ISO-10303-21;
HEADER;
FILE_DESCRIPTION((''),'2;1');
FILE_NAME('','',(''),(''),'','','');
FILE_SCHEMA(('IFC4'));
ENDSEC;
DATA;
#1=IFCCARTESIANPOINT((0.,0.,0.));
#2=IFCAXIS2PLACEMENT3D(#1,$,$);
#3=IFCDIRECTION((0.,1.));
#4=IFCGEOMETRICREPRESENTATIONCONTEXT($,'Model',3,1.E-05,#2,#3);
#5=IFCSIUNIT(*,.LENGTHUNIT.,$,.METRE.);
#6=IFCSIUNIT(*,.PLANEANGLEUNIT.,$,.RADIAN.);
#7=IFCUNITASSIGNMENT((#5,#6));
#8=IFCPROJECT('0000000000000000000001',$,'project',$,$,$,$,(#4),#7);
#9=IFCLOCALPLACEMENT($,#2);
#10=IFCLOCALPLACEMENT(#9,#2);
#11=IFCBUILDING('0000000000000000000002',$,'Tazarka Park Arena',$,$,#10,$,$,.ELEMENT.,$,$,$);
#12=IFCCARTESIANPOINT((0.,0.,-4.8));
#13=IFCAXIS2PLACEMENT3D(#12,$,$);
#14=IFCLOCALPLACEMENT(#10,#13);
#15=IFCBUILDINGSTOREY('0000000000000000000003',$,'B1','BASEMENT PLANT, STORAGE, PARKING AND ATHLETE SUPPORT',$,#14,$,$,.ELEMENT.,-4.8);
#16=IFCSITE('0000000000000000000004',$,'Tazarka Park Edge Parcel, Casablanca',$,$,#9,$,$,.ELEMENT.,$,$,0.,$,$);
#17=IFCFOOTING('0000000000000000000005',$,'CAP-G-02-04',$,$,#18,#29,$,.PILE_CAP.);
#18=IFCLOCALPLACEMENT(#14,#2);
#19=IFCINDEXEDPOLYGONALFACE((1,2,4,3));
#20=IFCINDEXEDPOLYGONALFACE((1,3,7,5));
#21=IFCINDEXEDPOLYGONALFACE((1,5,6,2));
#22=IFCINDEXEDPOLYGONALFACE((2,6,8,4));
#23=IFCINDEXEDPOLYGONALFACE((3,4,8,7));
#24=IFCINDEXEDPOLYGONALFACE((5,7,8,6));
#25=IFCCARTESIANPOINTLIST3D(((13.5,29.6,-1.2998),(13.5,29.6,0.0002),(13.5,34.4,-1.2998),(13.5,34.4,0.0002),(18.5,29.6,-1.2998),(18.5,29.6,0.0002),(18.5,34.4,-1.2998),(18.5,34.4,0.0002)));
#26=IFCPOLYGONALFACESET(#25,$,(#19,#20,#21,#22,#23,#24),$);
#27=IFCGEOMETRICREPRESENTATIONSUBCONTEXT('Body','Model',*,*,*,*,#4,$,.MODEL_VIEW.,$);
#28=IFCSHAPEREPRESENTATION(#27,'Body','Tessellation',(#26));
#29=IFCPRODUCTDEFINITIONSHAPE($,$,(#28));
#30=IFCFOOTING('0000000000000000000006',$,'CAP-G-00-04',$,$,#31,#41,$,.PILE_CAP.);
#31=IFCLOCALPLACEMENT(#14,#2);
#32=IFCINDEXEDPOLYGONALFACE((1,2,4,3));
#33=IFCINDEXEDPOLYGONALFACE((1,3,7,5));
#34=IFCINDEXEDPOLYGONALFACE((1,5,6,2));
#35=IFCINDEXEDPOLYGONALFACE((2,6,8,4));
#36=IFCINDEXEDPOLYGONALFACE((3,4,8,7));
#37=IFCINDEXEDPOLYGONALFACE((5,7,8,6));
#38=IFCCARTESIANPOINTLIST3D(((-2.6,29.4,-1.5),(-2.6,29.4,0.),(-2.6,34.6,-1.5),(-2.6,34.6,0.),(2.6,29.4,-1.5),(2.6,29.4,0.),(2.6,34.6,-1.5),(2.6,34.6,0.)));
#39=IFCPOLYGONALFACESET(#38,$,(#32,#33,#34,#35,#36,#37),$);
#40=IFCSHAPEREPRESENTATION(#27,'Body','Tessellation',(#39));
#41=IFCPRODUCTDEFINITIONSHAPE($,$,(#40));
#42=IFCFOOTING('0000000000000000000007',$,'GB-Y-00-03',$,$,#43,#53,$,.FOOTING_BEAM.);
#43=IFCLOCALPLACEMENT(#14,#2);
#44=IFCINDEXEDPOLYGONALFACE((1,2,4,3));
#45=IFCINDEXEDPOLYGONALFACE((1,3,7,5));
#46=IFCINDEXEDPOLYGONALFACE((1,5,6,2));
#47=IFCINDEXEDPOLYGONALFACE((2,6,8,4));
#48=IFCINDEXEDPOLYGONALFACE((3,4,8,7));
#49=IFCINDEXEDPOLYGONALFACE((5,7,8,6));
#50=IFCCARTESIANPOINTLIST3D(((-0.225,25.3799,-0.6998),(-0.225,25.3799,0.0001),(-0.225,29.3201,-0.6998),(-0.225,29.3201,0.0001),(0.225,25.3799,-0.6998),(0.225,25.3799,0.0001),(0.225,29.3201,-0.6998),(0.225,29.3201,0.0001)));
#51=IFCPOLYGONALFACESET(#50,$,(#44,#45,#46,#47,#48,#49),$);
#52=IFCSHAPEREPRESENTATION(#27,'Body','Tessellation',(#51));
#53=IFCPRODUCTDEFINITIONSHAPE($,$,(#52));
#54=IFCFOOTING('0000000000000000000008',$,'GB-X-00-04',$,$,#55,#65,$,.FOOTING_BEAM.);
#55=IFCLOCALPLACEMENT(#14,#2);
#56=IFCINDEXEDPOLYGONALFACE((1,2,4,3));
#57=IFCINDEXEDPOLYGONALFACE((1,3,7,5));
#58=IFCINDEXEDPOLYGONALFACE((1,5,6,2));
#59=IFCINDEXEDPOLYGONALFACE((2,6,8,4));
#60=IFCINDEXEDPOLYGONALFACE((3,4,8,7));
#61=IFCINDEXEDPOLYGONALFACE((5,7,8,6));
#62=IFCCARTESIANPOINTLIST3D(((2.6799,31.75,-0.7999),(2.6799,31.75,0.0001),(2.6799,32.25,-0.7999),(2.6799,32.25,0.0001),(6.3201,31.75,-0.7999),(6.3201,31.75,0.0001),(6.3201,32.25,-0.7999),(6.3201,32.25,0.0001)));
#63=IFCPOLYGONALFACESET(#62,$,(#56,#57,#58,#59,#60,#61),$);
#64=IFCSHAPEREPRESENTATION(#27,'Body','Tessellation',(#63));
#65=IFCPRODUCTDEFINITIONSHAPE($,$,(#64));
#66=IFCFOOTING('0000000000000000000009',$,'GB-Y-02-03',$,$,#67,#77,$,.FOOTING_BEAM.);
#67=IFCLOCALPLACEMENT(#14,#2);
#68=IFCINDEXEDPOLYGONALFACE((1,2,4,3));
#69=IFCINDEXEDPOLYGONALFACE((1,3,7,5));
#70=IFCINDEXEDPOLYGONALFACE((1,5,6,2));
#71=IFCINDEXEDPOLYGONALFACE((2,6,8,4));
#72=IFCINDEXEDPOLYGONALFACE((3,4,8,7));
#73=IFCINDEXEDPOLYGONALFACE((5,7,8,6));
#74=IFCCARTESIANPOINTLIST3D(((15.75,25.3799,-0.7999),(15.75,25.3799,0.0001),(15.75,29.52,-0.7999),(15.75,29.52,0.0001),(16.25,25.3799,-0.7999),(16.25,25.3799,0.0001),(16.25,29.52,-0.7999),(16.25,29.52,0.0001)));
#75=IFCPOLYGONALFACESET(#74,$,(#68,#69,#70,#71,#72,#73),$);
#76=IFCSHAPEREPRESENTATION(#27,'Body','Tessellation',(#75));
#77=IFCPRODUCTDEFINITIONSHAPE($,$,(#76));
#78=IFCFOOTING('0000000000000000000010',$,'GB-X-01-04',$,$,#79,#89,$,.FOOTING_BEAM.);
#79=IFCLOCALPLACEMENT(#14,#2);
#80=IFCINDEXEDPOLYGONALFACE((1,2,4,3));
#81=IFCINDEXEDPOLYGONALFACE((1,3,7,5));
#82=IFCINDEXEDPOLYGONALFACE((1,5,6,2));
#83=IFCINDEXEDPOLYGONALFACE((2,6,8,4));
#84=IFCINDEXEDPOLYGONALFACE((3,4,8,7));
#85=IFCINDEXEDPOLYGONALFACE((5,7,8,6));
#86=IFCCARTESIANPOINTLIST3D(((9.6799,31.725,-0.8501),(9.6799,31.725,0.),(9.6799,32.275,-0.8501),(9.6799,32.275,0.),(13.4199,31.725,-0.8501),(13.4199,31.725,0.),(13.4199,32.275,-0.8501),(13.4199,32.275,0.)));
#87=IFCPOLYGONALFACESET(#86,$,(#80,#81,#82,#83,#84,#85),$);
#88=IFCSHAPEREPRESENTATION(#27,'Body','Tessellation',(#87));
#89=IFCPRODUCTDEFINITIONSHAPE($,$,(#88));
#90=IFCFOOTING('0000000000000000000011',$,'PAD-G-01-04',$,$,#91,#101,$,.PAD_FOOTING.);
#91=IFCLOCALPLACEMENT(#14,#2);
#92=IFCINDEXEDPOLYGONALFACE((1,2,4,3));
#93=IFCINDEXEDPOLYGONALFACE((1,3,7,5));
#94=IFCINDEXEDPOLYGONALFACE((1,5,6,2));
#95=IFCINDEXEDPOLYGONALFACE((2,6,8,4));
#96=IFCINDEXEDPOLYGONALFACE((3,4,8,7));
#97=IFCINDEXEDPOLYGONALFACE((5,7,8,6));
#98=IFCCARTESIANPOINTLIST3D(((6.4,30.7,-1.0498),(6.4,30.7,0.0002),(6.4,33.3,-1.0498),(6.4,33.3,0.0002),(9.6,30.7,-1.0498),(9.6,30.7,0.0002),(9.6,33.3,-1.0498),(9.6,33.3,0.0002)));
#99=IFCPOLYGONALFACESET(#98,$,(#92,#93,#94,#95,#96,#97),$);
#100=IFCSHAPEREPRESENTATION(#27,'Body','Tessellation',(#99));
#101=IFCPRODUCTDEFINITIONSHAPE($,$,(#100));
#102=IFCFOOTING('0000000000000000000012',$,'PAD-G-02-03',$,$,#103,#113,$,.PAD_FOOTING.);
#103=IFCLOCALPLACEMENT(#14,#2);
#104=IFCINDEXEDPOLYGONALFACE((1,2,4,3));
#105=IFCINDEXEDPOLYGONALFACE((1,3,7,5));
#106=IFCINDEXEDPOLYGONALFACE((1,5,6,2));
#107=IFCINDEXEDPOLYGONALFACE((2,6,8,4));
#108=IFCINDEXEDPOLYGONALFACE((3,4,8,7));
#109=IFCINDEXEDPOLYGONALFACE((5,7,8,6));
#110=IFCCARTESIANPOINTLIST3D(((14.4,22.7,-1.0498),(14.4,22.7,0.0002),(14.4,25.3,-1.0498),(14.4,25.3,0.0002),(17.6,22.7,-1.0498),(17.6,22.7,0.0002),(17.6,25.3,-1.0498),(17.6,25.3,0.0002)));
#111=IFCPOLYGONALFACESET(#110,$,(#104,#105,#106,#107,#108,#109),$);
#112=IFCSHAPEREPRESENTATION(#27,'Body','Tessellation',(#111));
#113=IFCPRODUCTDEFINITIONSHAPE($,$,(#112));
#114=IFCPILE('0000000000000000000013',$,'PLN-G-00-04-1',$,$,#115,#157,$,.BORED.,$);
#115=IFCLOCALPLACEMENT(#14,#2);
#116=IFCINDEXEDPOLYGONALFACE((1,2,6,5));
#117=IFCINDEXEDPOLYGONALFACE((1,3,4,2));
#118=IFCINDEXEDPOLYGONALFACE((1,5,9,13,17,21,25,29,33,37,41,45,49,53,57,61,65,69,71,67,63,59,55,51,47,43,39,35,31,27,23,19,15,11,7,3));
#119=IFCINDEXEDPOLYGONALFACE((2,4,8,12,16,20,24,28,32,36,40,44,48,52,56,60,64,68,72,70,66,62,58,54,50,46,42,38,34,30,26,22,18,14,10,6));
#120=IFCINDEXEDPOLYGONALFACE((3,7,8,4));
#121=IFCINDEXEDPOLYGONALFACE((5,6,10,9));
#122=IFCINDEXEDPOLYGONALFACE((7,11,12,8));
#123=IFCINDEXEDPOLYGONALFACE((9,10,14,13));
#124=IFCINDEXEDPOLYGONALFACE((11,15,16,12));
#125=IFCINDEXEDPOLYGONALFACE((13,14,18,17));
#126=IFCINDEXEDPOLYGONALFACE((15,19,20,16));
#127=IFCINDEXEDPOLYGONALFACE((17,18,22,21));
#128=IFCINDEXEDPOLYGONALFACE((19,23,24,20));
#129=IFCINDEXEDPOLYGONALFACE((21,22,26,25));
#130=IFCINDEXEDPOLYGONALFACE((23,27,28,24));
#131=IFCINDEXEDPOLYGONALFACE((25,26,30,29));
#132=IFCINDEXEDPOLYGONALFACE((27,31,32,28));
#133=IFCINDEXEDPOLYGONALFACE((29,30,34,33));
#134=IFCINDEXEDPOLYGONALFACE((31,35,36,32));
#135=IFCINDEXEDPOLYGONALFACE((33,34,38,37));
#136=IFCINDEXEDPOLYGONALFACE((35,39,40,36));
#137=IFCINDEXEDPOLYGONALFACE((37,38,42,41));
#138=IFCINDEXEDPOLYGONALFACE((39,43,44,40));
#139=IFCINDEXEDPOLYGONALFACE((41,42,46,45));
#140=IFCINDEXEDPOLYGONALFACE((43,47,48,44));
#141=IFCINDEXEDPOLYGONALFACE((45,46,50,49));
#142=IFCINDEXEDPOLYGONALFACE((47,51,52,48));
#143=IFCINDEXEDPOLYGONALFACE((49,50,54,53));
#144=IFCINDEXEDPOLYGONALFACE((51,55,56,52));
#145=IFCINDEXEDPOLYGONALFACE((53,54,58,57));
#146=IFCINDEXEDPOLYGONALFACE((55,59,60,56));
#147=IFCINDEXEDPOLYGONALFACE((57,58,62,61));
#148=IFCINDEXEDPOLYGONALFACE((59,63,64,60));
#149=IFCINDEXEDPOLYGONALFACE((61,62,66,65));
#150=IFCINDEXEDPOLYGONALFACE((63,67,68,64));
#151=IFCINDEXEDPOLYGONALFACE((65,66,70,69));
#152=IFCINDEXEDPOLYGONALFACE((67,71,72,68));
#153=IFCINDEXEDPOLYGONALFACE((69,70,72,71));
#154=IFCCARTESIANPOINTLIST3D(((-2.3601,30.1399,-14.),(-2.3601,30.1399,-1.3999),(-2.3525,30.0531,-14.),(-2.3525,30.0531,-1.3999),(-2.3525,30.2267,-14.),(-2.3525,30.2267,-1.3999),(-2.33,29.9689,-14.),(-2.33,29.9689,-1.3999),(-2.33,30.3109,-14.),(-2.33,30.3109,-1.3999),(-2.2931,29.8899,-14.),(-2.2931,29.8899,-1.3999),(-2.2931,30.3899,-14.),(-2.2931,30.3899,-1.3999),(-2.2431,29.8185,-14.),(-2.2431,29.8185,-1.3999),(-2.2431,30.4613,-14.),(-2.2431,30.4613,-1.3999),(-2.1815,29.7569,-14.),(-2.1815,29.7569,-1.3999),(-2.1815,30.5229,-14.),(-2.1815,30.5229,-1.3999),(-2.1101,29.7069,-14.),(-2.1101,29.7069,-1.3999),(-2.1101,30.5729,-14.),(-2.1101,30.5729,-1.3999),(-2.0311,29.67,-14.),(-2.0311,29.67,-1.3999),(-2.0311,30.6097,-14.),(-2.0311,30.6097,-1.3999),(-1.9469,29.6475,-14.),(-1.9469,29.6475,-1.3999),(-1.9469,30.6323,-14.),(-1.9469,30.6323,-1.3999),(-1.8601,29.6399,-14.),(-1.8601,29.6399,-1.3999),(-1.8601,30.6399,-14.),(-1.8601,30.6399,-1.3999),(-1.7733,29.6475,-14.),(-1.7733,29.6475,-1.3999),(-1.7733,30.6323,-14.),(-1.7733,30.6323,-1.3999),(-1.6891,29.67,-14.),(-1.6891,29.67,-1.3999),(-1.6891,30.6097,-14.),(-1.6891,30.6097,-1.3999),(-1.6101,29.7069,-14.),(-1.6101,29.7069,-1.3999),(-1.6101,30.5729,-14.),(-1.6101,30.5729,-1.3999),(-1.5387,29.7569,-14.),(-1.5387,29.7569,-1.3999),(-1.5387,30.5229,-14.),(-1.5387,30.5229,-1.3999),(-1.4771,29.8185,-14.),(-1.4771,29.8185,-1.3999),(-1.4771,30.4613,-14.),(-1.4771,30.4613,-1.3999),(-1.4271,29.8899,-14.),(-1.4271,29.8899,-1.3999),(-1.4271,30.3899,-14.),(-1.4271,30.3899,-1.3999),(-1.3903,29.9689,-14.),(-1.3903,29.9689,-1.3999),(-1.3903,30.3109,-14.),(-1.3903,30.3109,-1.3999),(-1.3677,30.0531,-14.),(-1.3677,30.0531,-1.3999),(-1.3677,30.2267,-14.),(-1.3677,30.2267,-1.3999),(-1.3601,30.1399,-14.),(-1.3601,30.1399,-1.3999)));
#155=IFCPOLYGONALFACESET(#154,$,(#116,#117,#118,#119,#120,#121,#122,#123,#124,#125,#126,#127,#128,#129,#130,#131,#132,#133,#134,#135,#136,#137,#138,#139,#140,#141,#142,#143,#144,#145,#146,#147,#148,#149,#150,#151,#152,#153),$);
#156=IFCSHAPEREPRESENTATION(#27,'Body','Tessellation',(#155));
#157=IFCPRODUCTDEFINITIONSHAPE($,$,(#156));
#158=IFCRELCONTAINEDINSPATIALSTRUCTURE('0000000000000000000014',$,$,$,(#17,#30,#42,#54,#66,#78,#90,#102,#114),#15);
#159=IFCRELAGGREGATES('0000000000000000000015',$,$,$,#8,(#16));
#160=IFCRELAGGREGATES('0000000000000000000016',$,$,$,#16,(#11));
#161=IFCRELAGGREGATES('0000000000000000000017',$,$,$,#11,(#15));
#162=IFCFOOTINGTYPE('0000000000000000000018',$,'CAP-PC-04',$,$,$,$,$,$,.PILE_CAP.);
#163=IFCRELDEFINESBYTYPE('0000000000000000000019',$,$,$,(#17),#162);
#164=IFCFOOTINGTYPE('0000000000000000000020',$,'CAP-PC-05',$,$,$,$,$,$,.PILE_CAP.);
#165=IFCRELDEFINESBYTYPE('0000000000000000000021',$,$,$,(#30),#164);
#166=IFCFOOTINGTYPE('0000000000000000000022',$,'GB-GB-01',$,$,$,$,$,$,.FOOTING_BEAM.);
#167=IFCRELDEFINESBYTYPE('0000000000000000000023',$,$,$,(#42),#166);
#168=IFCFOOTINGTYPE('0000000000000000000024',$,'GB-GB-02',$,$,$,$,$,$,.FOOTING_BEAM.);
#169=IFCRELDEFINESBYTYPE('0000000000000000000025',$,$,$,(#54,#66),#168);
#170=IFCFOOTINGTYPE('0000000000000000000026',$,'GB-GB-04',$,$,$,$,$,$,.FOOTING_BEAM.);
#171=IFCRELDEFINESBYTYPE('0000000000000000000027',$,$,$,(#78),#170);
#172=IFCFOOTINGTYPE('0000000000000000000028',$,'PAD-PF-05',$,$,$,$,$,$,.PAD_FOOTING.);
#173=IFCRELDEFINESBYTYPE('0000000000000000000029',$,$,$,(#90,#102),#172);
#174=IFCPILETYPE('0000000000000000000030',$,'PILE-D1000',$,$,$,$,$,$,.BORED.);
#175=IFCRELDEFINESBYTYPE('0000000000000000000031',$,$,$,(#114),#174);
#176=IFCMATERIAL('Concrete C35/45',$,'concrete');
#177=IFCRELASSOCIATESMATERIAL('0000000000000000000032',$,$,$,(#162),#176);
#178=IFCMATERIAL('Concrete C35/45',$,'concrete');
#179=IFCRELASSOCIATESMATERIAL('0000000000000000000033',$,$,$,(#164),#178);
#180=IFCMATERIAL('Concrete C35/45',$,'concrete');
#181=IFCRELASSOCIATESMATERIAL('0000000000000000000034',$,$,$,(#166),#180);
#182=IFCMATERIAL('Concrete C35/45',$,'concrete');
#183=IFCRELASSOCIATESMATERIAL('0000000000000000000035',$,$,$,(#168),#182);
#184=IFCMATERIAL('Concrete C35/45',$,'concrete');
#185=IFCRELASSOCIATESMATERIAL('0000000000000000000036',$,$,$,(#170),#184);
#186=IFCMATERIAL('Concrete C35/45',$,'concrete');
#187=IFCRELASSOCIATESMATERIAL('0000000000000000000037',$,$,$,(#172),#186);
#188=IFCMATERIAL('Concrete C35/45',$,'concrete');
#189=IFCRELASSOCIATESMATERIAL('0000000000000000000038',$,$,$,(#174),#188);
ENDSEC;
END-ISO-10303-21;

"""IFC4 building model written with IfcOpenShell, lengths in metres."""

from ifc_helpers import new_model, si_unit, direction, frame, origin, origin_2d, place, context, subcontext, project, spatial, rectangle, circle, extrude, material, material_profile, profile_set, type_object, element, save


model = new_model("IFC4")

# Units and contexts
model_context = context("Model", 3, precision=1e-05, world=origin(), true_north=direction((0.0, 1.0)))
body_context = subcontext(model_context, "Body", "Model", "MODEL_VIEW")
ifc_project = project(units=[si_unit("LENGTHUNIT", "METRE"), si_unit("PLANEANGLEUNIT", "RADIAN")], contexts=[model_context])

# Site, building, storey
site_placement = place(None, origin())
site = spatial("IfcSite", under=ifc_project, at=site_placement, Name="Tazarka Park Edge Parcel, Casablanca", CompositionType="ELEMENT", RefElevation=0.0)
building_placement = place(site_placement, origin())
building = spatial("IfcBuilding", under=site, at=building_placement, Name="Tazarka Park Arena", CompositionType="ELEMENT")
storey_placement = place(building_placement, frame((0.0, 0.0, -4.8)))
storey = spatial("IfcBuildingStorey", under=building, at=storey_placement, Name="B1", Description="BASEMENT PLANT, STORAGE, PARKING AND ATHLETE SUPPORT", CompositionType="ELEMENT", Elevation=-4.8)

# Footings
ifc_material_1 = material(Name="Concrete C35/45", Category="concrete")
footing_type_1 = type_object("IfcFootingType", Name="CAP-PC-04", PredefinedType="PILE_CAP", material=ifc_material_1)
footing_1_placement = place(storey_placement, frame((16.0, 32.0, -1.2998), z_axis=(0.0, 0.0, 1.0), x_axis=(1.0, 0.0, 0.0)))
element("IfcFooting", 1, at=footing_1_placement, inside=storey, type_object=footing_type_1, Name="CAP-G-02-04", PredefinedType="PILE_CAP", context=body_context, shape_type="SweptSolid", body=[
    extrude(rectangle(XDim=5.0, YDim=4.8, at=origin_2d()), origin(), (0.0, 0.0, 1.0), 1.3),
])
ifc_material_2 = material(Name="Concrete C35/45", Category="concrete")
footing_type_2 = type_object("IfcFootingType", Name="CAP-PC-05", PredefinedType="PILE_CAP", material=ifc_material_2)
footing_2_placement = place(storey_placement, frame((0.0, 32.0, -1.5), z_axis=(0.0, 0.0, 1.0), x_axis=(1.0, 0.0, 0.0)))
element("IfcFooting", 2, at=footing_2_placement, inside=storey, type_object=footing_type_2, Name="CAP-G-00-04", PredefinedType="PILE_CAP", context=body_context, shape_type="SweptSolid", body=[
    extrude(rectangle(XDim=5.2, YDim=5.2, at=origin_2d()), origin(), (0.0, 0.0, 1.0), 1.5),
])
ifc_material_3 = material(Name="Concrete C35/45", Category="concrete")
ifc_material_profile_1 = material_profile(ifc_material_3, rectangle(XDim=0.45, YDim=0.7, at=origin_2d()), Name="Concrete C35/45")
ifc_profile_set_1 = profile_set([ifc_material_profile_1], Name="Concrete C35/45")
footing_type_3 = type_object("IfcFootingType", Name="GB-GB-01", PredefinedType="FOOTING_BEAM", material=ifc_profile_set_1)
footing_3_placement = place(storey_placement, frame((0.0, 25.3799, -0.3499), z_axis=(0.0, 1.0, 0.0), x_axis=(-1.0, 0.0, 0.0)))
element("IfcFooting", 3, at=footing_3_placement, inside=storey, type_object=footing_type_3, Name="GB-Y-00-03", PredefinedType="FOOTING_BEAM", context=body_context, shape_type="SweptSolid", body=[
    extrude(rectangle(XDim=0.45, YDim=0.7, at=origin_2d()), origin(), (0.0, 0.0, 1.0), 3.9402),
])
ifc_material_4 = material(Name="Concrete C35/45", Category="concrete")
ifc_material_profile_2 = material_profile(ifc_material_4, rectangle(XDim=0.5, YDim=0.8, at=origin_2d()), Name="Concrete C35/45")
ifc_profile_set_2 = profile_set([ifc_material_profile_2], Name="Concrete C35/45")
footing_type_4 = type_object("IfcFootingType", Name="GB-GB-02", PredefinedType="FOOTING_BEAM", material=ifc_profile_set_2)
footing_4_placement = place(storey_placement, frame((2.6799, 32.0, -0.3999), z_axis=(1.0, 0.0, 0.0), x_axis=(0.0, 1.0, 0.0)))
element("IfcFooting", 4, at=footing_4_placement, inside=storey, type_object=footing_type_4, Name="GB-X-00-04", PredefinedType="FOOTING_BEAM", context=body_context, shape_type="SweptSolid", body=[
    extrude(rectangle(XDim=0.5, YDim=0.8, at=origin_2d()), origin(), (0.0, 0.0, 1.0), 3.6401),
])
footing_5_placement = place(storey_placement, frame((16.0, 25.3799, -0.3999), z_axis=(0.0, 1.0, 0.0), x_axis=(-1.0, 0.0, 0.0)))
element("IfcFooting", 5, at=footing_5_placement, inside=storey, type_object=footing_type_4, Name="GB-Y-02-03", PredefinedType="FOOTING_BEAM", context=body_context, shape_type="SweptSolid", body=[
    extrude(rectangle(XDim=0.5, YDim=0.8, at=origin_2d()), origin(), (0.0, 0.0, 1.0), 4.1401),
])
ifc_material_5 = material(Name="Concrete C35/45", Category="concrete")
ifc_material_profile_3 = material_profile(ifc_material_5, rectangle(XDim=0.55, YDim=0.8501, at=origin_2d()), Name="Concrete C35/45")
ifc_profile_set_3 = profile_set([ifc_material_profile_3], Name="Concrete C35/45")
footing_type_5 = type_object("IfcFootingType", Name="GB-GB-04", PredefinedType="FOOTING_BEAM", material=ifc_profile_set_3)
footing_6_placement = place(storey_placement, frame((9.6799, 32.0, -0.425), z_axis=(1.0, 0.0, 0.0), x_axis=(0.0, 1.0, 0.0)))
element("IfcFooting", 6, at=footing_6_placement, inside=storey, type_object=footing_type_5, Name="GB-X-01-04", PredefinedType="FOOTING_BEAM", context=body_context, shape_type="SweptSolid", body=[
    extrude(rectangle(XDim=0.55, YDim=0.8501, at=origin_2d()), origin(), (0.0, 0.0, 1.0), 3.74),
])
ifc_material_6 = material(Name="Concrete C35/45", Category="concrete")
footing_type_6 = type_object("IfcFootingType", Name="PAD-PF-05", PredefinedType="PAD_FOOTING", material=ifc_material_6)
for number, where, z_axis, x_axis, name in (
    (7, (8.0, 32.0, -1.0498), (0.0, 0.0, 1.0), (1.0, 0.0, 0.0), "PAD-G-01-04"),
    (8, (16.0, 24.0, -1.0498), (0.0, 0.0, 1.0), (1.0, 0.0, 0.0), "PAD-G-02-03"),
):
    element("IfcFooting", number, at=place(storey_placement, frame(where, z_axis=z_axis, x_axis=x_axis)), inside=storey, type_object=footing_type_6, Name=name, PredefinedType="PAD_FOOTING", context=body_context, shape_type="SweptSolid", body=[
        extrude(rectangle(XDim=3.2, YDim=2.6001, at=origin_2d()), origin(), (0.0, 0.0, 1.0), 1.05),
    ])

# Pile
ifc_material_7 = material(Name="Concrete C35/45", Category="concrete")
ifc_material_profile_4 = material_profile(ifc_material_7, circle(Radius=0.5, at=origin_2d()), Name="Concrete C35/45")
ifc_profile_set_4 = profile_set([ifc_material_profile_4], Name="Concrete C35/45")
pile_type_1 = type_object("IfcPileType", Name="PILE-D1000", PredefinedType="BORED", material=ifc_profile_set_4)
for number, where, z_axis, x_axis, name in (
    (9, (-1.8601, 30.1399, -1.3999), (0.0, 0.0, -1.0), (1.0, 0.0, 0.0), "PLN-G-00-04-1"),
):
    element("IfcPile", number, at=place(storey_placement, frame(where, z_axis=z_axis, x_axis=x_axis)), inside=storey, type_object=pile_type_1, Name=name, PredefinedType="BORED", context=body_context, shape_type="SweptSolid", body=[
        extrude(circle(Radius=0.5, at=origin_2d()), origin(), (0.0, 0.0, 1.0), 12.6001),
    ])

save(model, "model.ifc")
